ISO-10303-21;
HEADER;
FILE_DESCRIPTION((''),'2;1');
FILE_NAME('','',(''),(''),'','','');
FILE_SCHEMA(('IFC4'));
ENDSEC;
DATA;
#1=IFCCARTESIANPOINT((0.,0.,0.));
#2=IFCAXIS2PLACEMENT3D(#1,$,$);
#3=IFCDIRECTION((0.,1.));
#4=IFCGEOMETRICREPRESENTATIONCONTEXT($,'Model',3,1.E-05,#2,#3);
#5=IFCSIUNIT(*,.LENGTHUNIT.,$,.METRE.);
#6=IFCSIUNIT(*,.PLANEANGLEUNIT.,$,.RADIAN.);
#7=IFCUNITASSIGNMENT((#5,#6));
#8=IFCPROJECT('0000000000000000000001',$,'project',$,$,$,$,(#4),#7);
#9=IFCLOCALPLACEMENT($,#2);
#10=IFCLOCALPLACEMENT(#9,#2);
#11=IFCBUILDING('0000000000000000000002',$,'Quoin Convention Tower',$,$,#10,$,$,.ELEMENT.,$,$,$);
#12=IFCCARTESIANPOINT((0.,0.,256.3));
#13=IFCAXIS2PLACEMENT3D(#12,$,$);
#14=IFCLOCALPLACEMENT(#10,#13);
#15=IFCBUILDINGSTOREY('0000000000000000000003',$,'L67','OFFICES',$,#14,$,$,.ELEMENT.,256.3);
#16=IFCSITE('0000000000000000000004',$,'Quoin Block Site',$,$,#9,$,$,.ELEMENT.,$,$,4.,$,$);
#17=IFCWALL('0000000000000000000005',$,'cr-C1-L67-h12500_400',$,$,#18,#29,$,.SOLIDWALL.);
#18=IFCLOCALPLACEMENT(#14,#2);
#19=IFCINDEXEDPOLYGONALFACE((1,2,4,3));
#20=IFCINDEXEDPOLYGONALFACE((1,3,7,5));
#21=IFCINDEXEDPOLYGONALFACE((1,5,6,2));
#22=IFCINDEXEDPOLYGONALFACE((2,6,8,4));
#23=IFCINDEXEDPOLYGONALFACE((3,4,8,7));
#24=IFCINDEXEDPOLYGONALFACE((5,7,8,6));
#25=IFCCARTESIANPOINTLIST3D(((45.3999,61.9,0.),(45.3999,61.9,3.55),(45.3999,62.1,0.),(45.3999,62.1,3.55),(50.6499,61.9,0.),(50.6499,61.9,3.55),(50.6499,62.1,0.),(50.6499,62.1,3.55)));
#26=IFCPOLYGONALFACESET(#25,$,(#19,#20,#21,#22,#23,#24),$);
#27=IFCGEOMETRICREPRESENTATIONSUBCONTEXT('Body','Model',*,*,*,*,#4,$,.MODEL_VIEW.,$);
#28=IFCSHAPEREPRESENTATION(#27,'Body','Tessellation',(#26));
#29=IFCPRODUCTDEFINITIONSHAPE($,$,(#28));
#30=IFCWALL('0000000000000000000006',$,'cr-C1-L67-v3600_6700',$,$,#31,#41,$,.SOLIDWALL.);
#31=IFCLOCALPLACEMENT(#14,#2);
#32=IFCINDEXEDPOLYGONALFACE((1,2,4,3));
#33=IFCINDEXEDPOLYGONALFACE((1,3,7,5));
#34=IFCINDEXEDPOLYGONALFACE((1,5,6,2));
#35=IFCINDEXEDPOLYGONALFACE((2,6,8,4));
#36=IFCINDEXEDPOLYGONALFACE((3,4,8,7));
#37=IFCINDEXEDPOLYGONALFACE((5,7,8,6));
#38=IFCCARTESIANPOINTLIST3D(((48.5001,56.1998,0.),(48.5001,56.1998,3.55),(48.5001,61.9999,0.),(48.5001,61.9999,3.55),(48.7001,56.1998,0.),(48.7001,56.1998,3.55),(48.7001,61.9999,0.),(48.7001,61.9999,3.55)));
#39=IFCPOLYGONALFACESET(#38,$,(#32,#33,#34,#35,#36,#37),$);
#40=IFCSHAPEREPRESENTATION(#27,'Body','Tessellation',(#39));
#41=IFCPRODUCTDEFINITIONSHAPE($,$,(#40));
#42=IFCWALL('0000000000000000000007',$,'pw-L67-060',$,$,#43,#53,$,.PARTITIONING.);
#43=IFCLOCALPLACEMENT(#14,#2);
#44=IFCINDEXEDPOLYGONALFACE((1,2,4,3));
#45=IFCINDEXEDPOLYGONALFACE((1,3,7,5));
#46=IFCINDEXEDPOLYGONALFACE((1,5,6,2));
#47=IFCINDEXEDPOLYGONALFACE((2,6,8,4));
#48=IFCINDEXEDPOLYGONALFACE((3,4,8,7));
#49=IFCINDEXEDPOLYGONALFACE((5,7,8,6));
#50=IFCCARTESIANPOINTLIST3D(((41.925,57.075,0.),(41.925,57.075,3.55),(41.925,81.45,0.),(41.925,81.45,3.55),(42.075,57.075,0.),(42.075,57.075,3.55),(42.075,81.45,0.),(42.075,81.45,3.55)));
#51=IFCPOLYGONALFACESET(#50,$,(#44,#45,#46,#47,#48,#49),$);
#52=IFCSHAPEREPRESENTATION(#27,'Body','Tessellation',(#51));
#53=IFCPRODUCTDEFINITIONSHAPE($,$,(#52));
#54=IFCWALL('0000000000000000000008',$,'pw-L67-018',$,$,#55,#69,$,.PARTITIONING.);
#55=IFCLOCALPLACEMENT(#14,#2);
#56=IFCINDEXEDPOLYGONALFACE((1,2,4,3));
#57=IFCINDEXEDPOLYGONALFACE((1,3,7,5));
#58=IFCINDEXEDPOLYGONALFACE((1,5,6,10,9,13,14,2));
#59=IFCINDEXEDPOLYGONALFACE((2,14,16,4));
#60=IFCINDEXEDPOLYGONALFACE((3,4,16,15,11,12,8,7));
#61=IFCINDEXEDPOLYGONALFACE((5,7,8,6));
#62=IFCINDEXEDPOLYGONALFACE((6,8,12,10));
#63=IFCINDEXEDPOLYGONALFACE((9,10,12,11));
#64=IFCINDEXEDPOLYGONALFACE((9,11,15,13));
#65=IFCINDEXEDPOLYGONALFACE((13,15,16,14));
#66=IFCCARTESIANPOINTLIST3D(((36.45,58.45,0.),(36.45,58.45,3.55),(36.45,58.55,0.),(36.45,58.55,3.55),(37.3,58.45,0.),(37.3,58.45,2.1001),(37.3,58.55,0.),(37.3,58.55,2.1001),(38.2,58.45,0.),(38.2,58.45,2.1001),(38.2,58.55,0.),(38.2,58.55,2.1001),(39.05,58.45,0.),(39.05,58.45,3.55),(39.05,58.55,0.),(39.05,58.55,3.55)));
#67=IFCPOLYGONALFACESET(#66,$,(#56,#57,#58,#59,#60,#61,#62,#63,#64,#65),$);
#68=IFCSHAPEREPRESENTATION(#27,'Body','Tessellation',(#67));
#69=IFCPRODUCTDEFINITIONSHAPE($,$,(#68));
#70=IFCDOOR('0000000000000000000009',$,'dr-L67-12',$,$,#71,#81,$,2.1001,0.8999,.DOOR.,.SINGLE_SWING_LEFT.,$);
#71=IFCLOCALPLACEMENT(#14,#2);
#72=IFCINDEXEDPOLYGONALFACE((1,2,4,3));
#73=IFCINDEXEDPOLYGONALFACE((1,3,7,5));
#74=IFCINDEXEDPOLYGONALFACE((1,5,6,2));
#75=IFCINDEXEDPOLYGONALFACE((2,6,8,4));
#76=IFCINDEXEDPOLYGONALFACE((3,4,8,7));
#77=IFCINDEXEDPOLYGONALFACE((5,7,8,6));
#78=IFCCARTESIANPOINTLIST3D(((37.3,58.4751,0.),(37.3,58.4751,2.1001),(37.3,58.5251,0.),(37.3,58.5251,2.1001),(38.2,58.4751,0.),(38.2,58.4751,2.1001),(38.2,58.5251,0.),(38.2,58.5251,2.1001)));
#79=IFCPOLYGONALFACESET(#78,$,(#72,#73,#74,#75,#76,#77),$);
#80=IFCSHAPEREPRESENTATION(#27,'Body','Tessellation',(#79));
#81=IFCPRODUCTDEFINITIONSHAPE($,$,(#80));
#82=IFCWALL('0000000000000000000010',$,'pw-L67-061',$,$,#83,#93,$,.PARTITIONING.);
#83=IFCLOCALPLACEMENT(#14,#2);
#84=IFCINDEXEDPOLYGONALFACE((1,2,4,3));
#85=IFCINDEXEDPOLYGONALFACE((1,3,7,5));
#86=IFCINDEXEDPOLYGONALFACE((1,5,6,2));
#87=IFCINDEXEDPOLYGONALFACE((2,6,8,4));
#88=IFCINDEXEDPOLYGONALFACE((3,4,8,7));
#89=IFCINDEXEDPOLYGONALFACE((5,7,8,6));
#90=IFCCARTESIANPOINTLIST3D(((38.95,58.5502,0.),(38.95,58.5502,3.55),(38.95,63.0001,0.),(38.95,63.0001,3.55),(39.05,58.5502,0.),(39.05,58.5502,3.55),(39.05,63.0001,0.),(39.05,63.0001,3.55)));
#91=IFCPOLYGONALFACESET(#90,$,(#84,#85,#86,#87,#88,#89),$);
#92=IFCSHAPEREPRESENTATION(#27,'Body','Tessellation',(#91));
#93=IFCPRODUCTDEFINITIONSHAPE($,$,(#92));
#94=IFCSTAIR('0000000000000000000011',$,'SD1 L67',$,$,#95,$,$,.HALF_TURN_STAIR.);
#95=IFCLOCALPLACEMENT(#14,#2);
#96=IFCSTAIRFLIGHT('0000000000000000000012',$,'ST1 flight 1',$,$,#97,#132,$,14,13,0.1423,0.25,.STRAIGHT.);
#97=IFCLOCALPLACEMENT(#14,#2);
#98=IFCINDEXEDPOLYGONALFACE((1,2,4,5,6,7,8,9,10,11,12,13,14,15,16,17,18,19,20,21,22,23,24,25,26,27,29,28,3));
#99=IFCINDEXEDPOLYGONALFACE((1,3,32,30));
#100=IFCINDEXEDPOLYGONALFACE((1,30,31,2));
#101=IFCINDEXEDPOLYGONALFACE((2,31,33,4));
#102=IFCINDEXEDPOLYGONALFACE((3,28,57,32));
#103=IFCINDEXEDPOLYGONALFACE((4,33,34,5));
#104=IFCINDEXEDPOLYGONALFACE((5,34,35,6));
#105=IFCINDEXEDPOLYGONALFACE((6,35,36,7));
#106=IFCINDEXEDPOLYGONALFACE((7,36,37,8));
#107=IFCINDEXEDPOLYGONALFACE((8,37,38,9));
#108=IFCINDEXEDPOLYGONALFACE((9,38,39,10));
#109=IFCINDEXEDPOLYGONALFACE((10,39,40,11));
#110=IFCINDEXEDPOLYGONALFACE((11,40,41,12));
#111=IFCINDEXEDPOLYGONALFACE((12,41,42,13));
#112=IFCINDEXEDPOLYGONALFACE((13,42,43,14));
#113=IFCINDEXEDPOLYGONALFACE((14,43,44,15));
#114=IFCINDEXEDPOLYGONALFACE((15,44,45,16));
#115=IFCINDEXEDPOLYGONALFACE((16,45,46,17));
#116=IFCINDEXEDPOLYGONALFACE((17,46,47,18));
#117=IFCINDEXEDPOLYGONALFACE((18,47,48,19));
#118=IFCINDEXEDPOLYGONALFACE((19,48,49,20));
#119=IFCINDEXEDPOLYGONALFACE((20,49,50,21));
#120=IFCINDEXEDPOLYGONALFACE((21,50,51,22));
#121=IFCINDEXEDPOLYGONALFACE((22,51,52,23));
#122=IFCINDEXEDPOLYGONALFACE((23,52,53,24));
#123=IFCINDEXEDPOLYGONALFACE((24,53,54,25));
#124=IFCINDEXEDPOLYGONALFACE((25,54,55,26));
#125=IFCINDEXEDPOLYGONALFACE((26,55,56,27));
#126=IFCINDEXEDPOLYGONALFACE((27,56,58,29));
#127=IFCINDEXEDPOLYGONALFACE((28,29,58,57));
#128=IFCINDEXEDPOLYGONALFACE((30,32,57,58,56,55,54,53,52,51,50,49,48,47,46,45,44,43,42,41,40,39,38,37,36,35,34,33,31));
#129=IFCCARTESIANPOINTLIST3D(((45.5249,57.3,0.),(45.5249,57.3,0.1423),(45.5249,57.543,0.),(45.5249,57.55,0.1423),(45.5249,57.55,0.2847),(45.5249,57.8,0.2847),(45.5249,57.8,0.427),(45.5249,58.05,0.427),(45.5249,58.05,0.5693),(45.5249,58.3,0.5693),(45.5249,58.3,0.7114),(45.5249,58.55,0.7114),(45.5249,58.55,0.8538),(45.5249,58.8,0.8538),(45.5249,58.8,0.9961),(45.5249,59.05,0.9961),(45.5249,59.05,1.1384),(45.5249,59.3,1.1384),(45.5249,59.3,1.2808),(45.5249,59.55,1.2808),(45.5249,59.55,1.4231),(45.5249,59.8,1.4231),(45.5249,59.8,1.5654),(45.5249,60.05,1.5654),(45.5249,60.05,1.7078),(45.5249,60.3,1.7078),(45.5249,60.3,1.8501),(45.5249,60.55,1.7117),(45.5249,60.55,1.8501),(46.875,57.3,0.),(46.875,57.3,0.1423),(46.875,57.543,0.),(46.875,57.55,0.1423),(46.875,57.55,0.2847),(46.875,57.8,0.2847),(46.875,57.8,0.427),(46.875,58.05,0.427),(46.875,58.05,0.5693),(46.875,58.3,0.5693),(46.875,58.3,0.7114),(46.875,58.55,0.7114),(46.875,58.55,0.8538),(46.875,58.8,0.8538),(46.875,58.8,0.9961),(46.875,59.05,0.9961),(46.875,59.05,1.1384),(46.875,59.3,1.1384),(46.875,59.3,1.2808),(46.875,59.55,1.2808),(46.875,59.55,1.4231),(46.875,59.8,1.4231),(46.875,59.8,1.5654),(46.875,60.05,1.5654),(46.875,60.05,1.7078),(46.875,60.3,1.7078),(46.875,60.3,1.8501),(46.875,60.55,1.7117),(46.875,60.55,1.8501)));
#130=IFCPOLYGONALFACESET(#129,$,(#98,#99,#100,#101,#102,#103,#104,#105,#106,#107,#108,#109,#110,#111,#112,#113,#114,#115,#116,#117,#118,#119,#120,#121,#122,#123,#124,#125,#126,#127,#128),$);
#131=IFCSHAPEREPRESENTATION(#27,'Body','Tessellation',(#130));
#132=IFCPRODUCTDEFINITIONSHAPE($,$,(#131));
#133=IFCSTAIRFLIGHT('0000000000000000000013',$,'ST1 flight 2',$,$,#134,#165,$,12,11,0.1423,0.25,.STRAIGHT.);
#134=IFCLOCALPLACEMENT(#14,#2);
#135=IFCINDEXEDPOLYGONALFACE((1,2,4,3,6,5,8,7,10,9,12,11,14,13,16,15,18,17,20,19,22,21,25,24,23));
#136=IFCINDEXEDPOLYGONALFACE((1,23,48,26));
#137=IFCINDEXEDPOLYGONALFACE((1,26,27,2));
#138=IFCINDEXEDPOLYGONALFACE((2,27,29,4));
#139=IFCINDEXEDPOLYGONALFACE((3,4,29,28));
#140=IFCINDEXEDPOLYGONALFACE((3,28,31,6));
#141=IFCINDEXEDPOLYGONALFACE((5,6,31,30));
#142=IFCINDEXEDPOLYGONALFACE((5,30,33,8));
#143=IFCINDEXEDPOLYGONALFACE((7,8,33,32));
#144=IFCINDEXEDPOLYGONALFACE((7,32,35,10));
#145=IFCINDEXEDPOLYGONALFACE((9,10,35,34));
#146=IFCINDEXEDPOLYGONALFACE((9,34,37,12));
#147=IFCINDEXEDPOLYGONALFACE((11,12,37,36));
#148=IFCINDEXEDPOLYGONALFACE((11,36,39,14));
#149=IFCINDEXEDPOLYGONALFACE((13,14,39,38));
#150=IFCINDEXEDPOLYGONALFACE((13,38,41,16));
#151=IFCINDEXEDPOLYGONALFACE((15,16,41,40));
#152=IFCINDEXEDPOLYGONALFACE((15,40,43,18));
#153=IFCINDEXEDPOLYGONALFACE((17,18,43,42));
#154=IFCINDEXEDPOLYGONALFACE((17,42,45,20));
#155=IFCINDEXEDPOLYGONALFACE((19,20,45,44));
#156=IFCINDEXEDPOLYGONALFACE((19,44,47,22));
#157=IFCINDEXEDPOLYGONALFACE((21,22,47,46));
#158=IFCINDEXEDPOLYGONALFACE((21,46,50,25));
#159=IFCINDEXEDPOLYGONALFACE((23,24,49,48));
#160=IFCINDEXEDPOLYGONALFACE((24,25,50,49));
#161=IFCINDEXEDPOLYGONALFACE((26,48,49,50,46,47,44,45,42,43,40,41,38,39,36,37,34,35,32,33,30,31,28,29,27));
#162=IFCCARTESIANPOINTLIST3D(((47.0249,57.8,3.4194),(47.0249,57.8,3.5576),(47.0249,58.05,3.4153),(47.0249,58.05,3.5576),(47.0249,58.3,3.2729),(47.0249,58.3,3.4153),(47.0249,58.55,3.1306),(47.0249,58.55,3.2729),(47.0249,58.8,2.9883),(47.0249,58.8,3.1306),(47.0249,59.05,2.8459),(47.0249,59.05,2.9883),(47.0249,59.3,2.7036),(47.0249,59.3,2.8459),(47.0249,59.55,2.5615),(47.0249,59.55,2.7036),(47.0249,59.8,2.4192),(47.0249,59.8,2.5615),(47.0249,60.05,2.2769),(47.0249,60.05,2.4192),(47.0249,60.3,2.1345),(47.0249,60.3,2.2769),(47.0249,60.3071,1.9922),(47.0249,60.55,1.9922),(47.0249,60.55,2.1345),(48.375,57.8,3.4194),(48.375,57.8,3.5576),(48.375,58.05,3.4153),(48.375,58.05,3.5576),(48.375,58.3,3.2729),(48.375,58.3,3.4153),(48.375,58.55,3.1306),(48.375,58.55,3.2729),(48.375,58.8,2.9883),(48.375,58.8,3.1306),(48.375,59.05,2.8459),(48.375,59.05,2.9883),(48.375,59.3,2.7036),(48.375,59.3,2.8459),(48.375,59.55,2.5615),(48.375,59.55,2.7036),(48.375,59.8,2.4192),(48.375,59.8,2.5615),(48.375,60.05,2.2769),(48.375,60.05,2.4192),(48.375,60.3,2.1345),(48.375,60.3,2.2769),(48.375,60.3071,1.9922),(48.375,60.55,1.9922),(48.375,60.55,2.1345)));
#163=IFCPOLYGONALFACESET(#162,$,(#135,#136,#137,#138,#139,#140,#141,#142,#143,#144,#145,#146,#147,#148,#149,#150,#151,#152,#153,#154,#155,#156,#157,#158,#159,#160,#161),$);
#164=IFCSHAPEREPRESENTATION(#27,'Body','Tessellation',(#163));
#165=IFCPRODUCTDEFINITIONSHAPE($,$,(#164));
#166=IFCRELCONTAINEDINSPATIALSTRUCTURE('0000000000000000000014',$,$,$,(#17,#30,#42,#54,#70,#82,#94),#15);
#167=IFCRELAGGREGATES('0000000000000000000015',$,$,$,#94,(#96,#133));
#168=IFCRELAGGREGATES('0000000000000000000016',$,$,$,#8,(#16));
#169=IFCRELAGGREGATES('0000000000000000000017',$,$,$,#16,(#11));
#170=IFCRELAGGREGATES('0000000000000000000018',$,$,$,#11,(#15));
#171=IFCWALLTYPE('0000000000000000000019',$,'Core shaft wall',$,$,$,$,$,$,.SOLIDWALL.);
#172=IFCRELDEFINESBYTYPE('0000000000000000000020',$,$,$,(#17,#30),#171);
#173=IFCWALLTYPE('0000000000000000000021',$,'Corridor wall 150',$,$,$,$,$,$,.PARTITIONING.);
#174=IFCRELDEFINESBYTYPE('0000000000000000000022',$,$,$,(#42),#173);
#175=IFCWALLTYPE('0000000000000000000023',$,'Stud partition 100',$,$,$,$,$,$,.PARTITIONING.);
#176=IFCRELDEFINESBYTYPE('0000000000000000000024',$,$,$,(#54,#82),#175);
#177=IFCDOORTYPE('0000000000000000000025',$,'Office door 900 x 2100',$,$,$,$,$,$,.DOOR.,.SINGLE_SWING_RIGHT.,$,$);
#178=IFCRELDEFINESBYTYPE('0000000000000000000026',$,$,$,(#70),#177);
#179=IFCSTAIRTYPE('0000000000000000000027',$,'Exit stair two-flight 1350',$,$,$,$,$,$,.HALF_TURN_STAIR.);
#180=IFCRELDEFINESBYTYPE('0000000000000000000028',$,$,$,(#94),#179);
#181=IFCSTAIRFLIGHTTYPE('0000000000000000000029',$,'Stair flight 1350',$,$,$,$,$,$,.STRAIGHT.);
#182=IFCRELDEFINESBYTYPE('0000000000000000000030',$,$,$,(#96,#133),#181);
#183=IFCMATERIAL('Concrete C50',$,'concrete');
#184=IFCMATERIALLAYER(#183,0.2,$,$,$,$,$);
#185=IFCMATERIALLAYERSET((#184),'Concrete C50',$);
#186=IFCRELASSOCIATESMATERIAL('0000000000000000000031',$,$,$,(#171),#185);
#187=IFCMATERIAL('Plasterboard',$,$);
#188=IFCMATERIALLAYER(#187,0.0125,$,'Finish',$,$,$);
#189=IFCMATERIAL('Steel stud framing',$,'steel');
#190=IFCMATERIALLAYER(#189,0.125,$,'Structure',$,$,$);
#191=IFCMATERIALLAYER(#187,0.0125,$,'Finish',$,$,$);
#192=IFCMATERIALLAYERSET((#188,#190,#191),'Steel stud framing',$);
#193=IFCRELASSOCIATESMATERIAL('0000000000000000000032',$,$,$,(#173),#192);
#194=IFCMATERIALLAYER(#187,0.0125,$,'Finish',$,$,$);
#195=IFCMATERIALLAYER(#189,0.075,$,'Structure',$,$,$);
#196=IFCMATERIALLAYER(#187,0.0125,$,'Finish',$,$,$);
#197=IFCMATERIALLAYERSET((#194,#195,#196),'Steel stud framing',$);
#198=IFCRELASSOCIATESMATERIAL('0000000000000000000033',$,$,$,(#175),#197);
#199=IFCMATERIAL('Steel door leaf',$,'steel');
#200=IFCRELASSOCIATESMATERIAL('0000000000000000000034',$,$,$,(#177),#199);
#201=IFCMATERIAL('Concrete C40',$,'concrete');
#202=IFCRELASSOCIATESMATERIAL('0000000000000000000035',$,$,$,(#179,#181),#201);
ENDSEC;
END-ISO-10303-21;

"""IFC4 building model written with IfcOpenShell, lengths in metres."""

from ifc_helpers import new_model, si_unit, direction, frame, frame_2d, origin, place, context, subcontext, project, spatial, polyline, rectangle, outline, extrude, material, layer, layer_set, type_object, element, fill, aggregate, save


model = new_model("IFC4")

# Units and contexts
model_context = context("Model", 3, precision=1e-05, world=origin(), true_north=direction((0.0, 1.0)))
body_context = subcontext(model_context, "Body", "Model", "MODEL_VIEW")
ifc_project = project(units=[si_unit("LENGTHUNIT", "METRE"), si_unit("PLANEANGLEUNIT", "RADIAN")], contexts=[model_context])

# Site, building, storey
site_placement = place(None, origin())
site = spatial("IfcSite", under=ifc_project, at=site_placement, Name="Quoin Block Site", CompositionType="ELEMENT", RefElevation=4.0)
building_placement = place(site_placement, origin())
building = spatial("IfcBuilding", under=site, at=building_placement, Name="Quoin Convention Tower", CompositionType="ELEMENT")
storey_placement = place(building_placement, frame((0.0, 0.0, 256.3)))
storey = spatial("IfcBuildingStorey", under=building, at=storey_placement, Name="L67", Description="OFFICES", CompositionType="ELEMENT", Elevation=256.3)

# Walls
ifc_material_1 = material(Name="Concrete C50", Category="concrete")
ifc_layer_1 = layer(ifc_material_1, 0.2)
ifc_layer_set_1 = layer_set([ifc_layer_1], Name="Concrete C50")
wall_type_1 = type_object("IfcWallType", Name="Core shaft wall", PredefinedType="SOLIDWALL", material=ifc_layer_set_1)
wall_1_placement = place(storey_placement, frame((45.3999, 62.0, 0.0), z_axis=(0.0, 0.0, 1.0), x_axis=(1.0, 0.0, 0.0)))
element("IfcWall", 1, at=wall_1_placement, inside=storey, type_object=wall_type_1, Name="cr-C1-L67-h12500_400", PredefinedType="SOLIDWALL", context=body_context, shape_type="SweptSolid", body=[
    extrude(rectangle(XDim=5.25, YDim=0.2, at=frame_2d((2.625, 0.0))), origin(), (0.0, 0.0, 1.0), 3.55),
])
wall_2_placement = place(storey_placement, frame((48.6001, 56.2, 0.0), z_axis=(0.0, 0.0, 1.0), x_axis=(0.0, 1.0, 0.0)))
element("IfcWall", 2, at=wall_2_placement, inside=storey, type_object=wall_type_1, Name="cr-C1-L67-v3600_6700", PredefinedType="SOLIDWALL", context=body_context, shape_type="SweptSolid", body=[
    extrude(rectangle(XDim=5.8, YDim=0.2, at=frame_2d((2.8999, 0.0))), origin(), (0.0, 0.0, 1.0), 3.55),
])
ifc_material_2 = material(Name="Plasterboard")
ifc_layer_2 = layer(ifc_material_2, 0.0125, Name="Finish")
ifc_material_3 = material(Name="Steel stud framing", Category="steel")
ifc_layer_3 = layer(ifc_material_3, 0.125, Name="Structure")
ifc_layer_4 = layer(ifc_material_2, 0.0125, Name="Finish")
ifc_layer_set_2 = layer_set([ifc_layer_2, ifc_layer_3, ifc_layer_4], Name="Steel stud framing")
wall_type_2 = type_object("IfcWallType", Name="Corridor wall 150", PredefinedType="PARTITIONING", material=ifc_layer_set_2)
wall_3_placement = place(storey_placement, frame((42.0, 57.075, 0.0), z_axis=(0.0, 0.0, 1.0), x_axis=(0.0, 1.0, 0.0)))
element("IfcWall", 3, at=wall_3_placement, inside=storey, type_object=wall_type_2, Name="pw-L67-060", PredefinedType="PARTITIONING", context=body_context, shape_type="SweptSolid", body=[
    extrude(rectangle(XDim=24.375, YDim=0.1499, at=frame_2d((12.1875, 0.0))), origin(), (0.0, 0.0, 1.0), 3.55),
])

# Wall, opening, door
ifc_layer_5 = layer(ifc_material_2, 0.0125, Name="Finish")
ifc_layer_6 = layer(ifc_material_3, 0.075, Name="Structure")
ifc_layer_7 = layer(ifc_material_2, 0.0125, Name="Finish")
ifc_layer_set_3 = layer_set([ifc_layer_5, ifc_layer_6, ifc_layer_7], Name="Steel stud framing")
wall_type_3 = type_object("IfcWallType", Name="Stud partition 100", PredefinedType="PARTITIONING", material=ifc_layer_set_3)
wall_4_placement = place(storey_placement, frame((36.45, 58.5, 0.0), z_axis=(0.0, 0.0, 1.0), x_axis=(1.0, 0.0, 0.0)))
wall_4 = element("IfcWall", 4, at=wall_4_placement, inside=storey, type_object=wall_type_3, Name="pw-L67-018", PredefinedType="PARTITIONING", context=body_context, shape_type="SweptSolid", body=[
    extrude(rectangle(XDim=2.6001, YDim=0.1001, at=frame_2d((1.3, 0.0))), origin(), (0.0, 0.0, 1.0), 3.55),
])
opening_placement = place(wall_4_placement, frame((0.8501, 0.0, 0.0)))
opening = element("IfcOpeningElement", 5, at=opening_placement, cuts=wall_4, PredefinedType="OPENING", context=body_context, shape_type="SweptSolid", body=[
    extrude(rectangle(XDim=0.8999, YDim=2.1001, at=frame_2d((0.45, 1.05))), frame((0.0, 0.0601, 0.0), z_axis=(0.0, -1.0, 0.0), x_axis=(1.0, 0.0, 0.0)), (0.0, 0.0, 1.0), 0.1201),
])
ifc_material_4 = material(Name="Steel door leaf", Category="steel")
door_type = type_object("IfcDoorType", Name="Office door 900 x 2100", OperationType="SINGLE_SWING_RIGHT", PredefinedType="DOOR", material=ifc_material_4)
door_placement = place(opening_placement, frame((0.8999, 0.0, 0.0), z_axis=(0.0, 0.0, 1.0), x_axis=(-1.0, 0.0, 0.0)))
door = element("IfcDoor", 6, at=door_placement, inside=storey, type_object=door_type, Name="dr-L67-12", OperationType="SINGLE_SWING_LEFT", OverallHeight=2.1001, OverallWidth=0.8999, PredefinedType="DOOR", context=body_context, shape_type="SweptSolid", body=[
    extrude(rectangle(XDim=0.8999, YDim=2.1001, at=frame_2d((0.45, 1.05))), frame((0.0, 0.0249, 0.0), z_axis=(0.0, -1.0, 0.0), x_axis=(1.0, 0.0, 0.0)), (0.0, 0.0, 1.0), 0.05),
])
fill(opening, door)

# Wall
wall_5_placement = place(storey_placement, frame((39.0, 58.55, 0.0), z_axis=(0.0, 0.0, 1.0), x_axis=(0.0, 1.0, 0.0)))
element("IfcWall", 7, at=wall_5_placement, inside=storey, type_object=wall_type_3, Name="pw-L67-061", PredefinedType="PARTITIONING", context=body_context, shape_type="SweptSolid", body=[
    extrude(rectangle(XDim=4.45, YDim=0.1001, at=frame_2d((2.2251, 0.0))), origin(), (0.0, 0.0, 1.0), 3.55),
])

# Stair, stair flights
ifc_material_5 = material(Name="Concrete C40", Category="concrete")
stair_type = type_object("IfcStairType", Name="Exit stair two-flight 1350", PredefinedType="HALF_TURN_STAIR", material=ifc_material_5)
stair_placement = place(storey_placement, origin())
stair = element("IfcStair", 8, at=stair_placement, inside=storey, type_object=stair_type, Name="SD1 L67", PredefinedType="HALF_TURN_STAIR")
stair_flight_type = type_object("IfcStairFlightType", Name="Stair flight 1350", PredefinedType="STRAIGHT", material=ifc_material_5)
stair_flight_1_placement = place(storey_placement, frame((46.2, 57.3, 0.0), z_axis=(0.0, 0.0, 1.0), x_axis=(0.0, 1.0, 0.0)))
stair_flight_1 = element("IfcStairFlight", 9, at=stair_flight_1_placement, type_object=stair_flight_type, Name="ST1 flight 1", NumberOfRisers=14, NumberOfTreads=13, PredefinedType="STRAIGHT", RiserHeight=0.1423, TreadLength=0.25, context=body_context, shape_type="SweptSolid", body=[
    extrude(outline(polyline([(0.0, 0.0), (0.0, 0.1423), (0.25, 0.1423), (0.25, 0.2847), (0.5, 0.2847), (0.5, 0.427), (0.75, 0.427), (0.75, 0.5693), (1.0, 0.5693), (1.0, 0.7114), (1.25, 0.7114), (1.25, 0.8538), (1.5, 0.8538), (1.5, 0.9961), (1.75, 0.9961), (1.75, 1.1384), (2.0, 1.1384), (2.0, 1.2808), (2.25, 1.2808), (2.25, 1.4231), (2.5, 1.4231), (2.5, 1.5654), (2.75, 1.5654), (2.75, 1.7078), (3.0, 1.7078), (3.0, 1.8501), (3.25, 1.8501), (3.25, 1.9922), (3.25, 1.7117), (0.2429, 0.0), (0.0, 0.0)])), frame((0.0, 0.675, 0.0), z_axis=(0.0, -1.0, 0.0), x_axis=(1.0, 0.0, 0.0)), (0.0, 0.0, 1.0), 1.3501),
])
stair_flight_2_placement = place(storey_placement, frame((47.7, 60.55, 1.9922), z_axis=(0.0, 0.0, 1.0), x_axis=(0.0, -1.0, 0.0)))
stair_flight_2 = element("IfcStairFlight", 10, at=stair_flight_2_placement, type_object=stair_flight_type, Name="ST1 flight 2", NumberOfRisers=12, NumberOfTreads=11, PredefinedType="STRAIGHT", RiserHeight=0.1423, TreadLength=0.25, context=body_context, shape_type="SweptSolid", body=[
    extrude(outline(polyline([(0.0, 0.0), (0.0, 0.1423), (0.25, 0.1423), (0.25, 0.2847), (0.5, 0.2847), (0.5, 0.427), (0.75, 0.427), (0.75, 0.5693), (1.0, 0.5693), (1.0, 0.7114), (1.25, 0.7114), (1.25, 0.8538), (1.5, 0.8538), (1.5, 0.9961), (1.75, 0.9961), (1.75, 1.1384), (2.0, 1.1384), (2.0, 1.2808), (2.25, 1.2808), (2.25, 1.4231), (2.5, 1.4231), (2.5, 1.5654), (2.75, 1.5654), (2.75, 1.7078), (2.75, 1.4272), (0.2429, 0.0), (0.0, 0.0)])), frame((0.0, 0.675, 0.0), z_axis=(0.0, -1.0, 0.0), x_axis=(1.0, 0.0, 0.0)), (0.0, 0.0, 1.0), 1.3501),
])
aggregate(stair, [stair_flight_1, stair_flight_2])

save(model, "model.ifc")
